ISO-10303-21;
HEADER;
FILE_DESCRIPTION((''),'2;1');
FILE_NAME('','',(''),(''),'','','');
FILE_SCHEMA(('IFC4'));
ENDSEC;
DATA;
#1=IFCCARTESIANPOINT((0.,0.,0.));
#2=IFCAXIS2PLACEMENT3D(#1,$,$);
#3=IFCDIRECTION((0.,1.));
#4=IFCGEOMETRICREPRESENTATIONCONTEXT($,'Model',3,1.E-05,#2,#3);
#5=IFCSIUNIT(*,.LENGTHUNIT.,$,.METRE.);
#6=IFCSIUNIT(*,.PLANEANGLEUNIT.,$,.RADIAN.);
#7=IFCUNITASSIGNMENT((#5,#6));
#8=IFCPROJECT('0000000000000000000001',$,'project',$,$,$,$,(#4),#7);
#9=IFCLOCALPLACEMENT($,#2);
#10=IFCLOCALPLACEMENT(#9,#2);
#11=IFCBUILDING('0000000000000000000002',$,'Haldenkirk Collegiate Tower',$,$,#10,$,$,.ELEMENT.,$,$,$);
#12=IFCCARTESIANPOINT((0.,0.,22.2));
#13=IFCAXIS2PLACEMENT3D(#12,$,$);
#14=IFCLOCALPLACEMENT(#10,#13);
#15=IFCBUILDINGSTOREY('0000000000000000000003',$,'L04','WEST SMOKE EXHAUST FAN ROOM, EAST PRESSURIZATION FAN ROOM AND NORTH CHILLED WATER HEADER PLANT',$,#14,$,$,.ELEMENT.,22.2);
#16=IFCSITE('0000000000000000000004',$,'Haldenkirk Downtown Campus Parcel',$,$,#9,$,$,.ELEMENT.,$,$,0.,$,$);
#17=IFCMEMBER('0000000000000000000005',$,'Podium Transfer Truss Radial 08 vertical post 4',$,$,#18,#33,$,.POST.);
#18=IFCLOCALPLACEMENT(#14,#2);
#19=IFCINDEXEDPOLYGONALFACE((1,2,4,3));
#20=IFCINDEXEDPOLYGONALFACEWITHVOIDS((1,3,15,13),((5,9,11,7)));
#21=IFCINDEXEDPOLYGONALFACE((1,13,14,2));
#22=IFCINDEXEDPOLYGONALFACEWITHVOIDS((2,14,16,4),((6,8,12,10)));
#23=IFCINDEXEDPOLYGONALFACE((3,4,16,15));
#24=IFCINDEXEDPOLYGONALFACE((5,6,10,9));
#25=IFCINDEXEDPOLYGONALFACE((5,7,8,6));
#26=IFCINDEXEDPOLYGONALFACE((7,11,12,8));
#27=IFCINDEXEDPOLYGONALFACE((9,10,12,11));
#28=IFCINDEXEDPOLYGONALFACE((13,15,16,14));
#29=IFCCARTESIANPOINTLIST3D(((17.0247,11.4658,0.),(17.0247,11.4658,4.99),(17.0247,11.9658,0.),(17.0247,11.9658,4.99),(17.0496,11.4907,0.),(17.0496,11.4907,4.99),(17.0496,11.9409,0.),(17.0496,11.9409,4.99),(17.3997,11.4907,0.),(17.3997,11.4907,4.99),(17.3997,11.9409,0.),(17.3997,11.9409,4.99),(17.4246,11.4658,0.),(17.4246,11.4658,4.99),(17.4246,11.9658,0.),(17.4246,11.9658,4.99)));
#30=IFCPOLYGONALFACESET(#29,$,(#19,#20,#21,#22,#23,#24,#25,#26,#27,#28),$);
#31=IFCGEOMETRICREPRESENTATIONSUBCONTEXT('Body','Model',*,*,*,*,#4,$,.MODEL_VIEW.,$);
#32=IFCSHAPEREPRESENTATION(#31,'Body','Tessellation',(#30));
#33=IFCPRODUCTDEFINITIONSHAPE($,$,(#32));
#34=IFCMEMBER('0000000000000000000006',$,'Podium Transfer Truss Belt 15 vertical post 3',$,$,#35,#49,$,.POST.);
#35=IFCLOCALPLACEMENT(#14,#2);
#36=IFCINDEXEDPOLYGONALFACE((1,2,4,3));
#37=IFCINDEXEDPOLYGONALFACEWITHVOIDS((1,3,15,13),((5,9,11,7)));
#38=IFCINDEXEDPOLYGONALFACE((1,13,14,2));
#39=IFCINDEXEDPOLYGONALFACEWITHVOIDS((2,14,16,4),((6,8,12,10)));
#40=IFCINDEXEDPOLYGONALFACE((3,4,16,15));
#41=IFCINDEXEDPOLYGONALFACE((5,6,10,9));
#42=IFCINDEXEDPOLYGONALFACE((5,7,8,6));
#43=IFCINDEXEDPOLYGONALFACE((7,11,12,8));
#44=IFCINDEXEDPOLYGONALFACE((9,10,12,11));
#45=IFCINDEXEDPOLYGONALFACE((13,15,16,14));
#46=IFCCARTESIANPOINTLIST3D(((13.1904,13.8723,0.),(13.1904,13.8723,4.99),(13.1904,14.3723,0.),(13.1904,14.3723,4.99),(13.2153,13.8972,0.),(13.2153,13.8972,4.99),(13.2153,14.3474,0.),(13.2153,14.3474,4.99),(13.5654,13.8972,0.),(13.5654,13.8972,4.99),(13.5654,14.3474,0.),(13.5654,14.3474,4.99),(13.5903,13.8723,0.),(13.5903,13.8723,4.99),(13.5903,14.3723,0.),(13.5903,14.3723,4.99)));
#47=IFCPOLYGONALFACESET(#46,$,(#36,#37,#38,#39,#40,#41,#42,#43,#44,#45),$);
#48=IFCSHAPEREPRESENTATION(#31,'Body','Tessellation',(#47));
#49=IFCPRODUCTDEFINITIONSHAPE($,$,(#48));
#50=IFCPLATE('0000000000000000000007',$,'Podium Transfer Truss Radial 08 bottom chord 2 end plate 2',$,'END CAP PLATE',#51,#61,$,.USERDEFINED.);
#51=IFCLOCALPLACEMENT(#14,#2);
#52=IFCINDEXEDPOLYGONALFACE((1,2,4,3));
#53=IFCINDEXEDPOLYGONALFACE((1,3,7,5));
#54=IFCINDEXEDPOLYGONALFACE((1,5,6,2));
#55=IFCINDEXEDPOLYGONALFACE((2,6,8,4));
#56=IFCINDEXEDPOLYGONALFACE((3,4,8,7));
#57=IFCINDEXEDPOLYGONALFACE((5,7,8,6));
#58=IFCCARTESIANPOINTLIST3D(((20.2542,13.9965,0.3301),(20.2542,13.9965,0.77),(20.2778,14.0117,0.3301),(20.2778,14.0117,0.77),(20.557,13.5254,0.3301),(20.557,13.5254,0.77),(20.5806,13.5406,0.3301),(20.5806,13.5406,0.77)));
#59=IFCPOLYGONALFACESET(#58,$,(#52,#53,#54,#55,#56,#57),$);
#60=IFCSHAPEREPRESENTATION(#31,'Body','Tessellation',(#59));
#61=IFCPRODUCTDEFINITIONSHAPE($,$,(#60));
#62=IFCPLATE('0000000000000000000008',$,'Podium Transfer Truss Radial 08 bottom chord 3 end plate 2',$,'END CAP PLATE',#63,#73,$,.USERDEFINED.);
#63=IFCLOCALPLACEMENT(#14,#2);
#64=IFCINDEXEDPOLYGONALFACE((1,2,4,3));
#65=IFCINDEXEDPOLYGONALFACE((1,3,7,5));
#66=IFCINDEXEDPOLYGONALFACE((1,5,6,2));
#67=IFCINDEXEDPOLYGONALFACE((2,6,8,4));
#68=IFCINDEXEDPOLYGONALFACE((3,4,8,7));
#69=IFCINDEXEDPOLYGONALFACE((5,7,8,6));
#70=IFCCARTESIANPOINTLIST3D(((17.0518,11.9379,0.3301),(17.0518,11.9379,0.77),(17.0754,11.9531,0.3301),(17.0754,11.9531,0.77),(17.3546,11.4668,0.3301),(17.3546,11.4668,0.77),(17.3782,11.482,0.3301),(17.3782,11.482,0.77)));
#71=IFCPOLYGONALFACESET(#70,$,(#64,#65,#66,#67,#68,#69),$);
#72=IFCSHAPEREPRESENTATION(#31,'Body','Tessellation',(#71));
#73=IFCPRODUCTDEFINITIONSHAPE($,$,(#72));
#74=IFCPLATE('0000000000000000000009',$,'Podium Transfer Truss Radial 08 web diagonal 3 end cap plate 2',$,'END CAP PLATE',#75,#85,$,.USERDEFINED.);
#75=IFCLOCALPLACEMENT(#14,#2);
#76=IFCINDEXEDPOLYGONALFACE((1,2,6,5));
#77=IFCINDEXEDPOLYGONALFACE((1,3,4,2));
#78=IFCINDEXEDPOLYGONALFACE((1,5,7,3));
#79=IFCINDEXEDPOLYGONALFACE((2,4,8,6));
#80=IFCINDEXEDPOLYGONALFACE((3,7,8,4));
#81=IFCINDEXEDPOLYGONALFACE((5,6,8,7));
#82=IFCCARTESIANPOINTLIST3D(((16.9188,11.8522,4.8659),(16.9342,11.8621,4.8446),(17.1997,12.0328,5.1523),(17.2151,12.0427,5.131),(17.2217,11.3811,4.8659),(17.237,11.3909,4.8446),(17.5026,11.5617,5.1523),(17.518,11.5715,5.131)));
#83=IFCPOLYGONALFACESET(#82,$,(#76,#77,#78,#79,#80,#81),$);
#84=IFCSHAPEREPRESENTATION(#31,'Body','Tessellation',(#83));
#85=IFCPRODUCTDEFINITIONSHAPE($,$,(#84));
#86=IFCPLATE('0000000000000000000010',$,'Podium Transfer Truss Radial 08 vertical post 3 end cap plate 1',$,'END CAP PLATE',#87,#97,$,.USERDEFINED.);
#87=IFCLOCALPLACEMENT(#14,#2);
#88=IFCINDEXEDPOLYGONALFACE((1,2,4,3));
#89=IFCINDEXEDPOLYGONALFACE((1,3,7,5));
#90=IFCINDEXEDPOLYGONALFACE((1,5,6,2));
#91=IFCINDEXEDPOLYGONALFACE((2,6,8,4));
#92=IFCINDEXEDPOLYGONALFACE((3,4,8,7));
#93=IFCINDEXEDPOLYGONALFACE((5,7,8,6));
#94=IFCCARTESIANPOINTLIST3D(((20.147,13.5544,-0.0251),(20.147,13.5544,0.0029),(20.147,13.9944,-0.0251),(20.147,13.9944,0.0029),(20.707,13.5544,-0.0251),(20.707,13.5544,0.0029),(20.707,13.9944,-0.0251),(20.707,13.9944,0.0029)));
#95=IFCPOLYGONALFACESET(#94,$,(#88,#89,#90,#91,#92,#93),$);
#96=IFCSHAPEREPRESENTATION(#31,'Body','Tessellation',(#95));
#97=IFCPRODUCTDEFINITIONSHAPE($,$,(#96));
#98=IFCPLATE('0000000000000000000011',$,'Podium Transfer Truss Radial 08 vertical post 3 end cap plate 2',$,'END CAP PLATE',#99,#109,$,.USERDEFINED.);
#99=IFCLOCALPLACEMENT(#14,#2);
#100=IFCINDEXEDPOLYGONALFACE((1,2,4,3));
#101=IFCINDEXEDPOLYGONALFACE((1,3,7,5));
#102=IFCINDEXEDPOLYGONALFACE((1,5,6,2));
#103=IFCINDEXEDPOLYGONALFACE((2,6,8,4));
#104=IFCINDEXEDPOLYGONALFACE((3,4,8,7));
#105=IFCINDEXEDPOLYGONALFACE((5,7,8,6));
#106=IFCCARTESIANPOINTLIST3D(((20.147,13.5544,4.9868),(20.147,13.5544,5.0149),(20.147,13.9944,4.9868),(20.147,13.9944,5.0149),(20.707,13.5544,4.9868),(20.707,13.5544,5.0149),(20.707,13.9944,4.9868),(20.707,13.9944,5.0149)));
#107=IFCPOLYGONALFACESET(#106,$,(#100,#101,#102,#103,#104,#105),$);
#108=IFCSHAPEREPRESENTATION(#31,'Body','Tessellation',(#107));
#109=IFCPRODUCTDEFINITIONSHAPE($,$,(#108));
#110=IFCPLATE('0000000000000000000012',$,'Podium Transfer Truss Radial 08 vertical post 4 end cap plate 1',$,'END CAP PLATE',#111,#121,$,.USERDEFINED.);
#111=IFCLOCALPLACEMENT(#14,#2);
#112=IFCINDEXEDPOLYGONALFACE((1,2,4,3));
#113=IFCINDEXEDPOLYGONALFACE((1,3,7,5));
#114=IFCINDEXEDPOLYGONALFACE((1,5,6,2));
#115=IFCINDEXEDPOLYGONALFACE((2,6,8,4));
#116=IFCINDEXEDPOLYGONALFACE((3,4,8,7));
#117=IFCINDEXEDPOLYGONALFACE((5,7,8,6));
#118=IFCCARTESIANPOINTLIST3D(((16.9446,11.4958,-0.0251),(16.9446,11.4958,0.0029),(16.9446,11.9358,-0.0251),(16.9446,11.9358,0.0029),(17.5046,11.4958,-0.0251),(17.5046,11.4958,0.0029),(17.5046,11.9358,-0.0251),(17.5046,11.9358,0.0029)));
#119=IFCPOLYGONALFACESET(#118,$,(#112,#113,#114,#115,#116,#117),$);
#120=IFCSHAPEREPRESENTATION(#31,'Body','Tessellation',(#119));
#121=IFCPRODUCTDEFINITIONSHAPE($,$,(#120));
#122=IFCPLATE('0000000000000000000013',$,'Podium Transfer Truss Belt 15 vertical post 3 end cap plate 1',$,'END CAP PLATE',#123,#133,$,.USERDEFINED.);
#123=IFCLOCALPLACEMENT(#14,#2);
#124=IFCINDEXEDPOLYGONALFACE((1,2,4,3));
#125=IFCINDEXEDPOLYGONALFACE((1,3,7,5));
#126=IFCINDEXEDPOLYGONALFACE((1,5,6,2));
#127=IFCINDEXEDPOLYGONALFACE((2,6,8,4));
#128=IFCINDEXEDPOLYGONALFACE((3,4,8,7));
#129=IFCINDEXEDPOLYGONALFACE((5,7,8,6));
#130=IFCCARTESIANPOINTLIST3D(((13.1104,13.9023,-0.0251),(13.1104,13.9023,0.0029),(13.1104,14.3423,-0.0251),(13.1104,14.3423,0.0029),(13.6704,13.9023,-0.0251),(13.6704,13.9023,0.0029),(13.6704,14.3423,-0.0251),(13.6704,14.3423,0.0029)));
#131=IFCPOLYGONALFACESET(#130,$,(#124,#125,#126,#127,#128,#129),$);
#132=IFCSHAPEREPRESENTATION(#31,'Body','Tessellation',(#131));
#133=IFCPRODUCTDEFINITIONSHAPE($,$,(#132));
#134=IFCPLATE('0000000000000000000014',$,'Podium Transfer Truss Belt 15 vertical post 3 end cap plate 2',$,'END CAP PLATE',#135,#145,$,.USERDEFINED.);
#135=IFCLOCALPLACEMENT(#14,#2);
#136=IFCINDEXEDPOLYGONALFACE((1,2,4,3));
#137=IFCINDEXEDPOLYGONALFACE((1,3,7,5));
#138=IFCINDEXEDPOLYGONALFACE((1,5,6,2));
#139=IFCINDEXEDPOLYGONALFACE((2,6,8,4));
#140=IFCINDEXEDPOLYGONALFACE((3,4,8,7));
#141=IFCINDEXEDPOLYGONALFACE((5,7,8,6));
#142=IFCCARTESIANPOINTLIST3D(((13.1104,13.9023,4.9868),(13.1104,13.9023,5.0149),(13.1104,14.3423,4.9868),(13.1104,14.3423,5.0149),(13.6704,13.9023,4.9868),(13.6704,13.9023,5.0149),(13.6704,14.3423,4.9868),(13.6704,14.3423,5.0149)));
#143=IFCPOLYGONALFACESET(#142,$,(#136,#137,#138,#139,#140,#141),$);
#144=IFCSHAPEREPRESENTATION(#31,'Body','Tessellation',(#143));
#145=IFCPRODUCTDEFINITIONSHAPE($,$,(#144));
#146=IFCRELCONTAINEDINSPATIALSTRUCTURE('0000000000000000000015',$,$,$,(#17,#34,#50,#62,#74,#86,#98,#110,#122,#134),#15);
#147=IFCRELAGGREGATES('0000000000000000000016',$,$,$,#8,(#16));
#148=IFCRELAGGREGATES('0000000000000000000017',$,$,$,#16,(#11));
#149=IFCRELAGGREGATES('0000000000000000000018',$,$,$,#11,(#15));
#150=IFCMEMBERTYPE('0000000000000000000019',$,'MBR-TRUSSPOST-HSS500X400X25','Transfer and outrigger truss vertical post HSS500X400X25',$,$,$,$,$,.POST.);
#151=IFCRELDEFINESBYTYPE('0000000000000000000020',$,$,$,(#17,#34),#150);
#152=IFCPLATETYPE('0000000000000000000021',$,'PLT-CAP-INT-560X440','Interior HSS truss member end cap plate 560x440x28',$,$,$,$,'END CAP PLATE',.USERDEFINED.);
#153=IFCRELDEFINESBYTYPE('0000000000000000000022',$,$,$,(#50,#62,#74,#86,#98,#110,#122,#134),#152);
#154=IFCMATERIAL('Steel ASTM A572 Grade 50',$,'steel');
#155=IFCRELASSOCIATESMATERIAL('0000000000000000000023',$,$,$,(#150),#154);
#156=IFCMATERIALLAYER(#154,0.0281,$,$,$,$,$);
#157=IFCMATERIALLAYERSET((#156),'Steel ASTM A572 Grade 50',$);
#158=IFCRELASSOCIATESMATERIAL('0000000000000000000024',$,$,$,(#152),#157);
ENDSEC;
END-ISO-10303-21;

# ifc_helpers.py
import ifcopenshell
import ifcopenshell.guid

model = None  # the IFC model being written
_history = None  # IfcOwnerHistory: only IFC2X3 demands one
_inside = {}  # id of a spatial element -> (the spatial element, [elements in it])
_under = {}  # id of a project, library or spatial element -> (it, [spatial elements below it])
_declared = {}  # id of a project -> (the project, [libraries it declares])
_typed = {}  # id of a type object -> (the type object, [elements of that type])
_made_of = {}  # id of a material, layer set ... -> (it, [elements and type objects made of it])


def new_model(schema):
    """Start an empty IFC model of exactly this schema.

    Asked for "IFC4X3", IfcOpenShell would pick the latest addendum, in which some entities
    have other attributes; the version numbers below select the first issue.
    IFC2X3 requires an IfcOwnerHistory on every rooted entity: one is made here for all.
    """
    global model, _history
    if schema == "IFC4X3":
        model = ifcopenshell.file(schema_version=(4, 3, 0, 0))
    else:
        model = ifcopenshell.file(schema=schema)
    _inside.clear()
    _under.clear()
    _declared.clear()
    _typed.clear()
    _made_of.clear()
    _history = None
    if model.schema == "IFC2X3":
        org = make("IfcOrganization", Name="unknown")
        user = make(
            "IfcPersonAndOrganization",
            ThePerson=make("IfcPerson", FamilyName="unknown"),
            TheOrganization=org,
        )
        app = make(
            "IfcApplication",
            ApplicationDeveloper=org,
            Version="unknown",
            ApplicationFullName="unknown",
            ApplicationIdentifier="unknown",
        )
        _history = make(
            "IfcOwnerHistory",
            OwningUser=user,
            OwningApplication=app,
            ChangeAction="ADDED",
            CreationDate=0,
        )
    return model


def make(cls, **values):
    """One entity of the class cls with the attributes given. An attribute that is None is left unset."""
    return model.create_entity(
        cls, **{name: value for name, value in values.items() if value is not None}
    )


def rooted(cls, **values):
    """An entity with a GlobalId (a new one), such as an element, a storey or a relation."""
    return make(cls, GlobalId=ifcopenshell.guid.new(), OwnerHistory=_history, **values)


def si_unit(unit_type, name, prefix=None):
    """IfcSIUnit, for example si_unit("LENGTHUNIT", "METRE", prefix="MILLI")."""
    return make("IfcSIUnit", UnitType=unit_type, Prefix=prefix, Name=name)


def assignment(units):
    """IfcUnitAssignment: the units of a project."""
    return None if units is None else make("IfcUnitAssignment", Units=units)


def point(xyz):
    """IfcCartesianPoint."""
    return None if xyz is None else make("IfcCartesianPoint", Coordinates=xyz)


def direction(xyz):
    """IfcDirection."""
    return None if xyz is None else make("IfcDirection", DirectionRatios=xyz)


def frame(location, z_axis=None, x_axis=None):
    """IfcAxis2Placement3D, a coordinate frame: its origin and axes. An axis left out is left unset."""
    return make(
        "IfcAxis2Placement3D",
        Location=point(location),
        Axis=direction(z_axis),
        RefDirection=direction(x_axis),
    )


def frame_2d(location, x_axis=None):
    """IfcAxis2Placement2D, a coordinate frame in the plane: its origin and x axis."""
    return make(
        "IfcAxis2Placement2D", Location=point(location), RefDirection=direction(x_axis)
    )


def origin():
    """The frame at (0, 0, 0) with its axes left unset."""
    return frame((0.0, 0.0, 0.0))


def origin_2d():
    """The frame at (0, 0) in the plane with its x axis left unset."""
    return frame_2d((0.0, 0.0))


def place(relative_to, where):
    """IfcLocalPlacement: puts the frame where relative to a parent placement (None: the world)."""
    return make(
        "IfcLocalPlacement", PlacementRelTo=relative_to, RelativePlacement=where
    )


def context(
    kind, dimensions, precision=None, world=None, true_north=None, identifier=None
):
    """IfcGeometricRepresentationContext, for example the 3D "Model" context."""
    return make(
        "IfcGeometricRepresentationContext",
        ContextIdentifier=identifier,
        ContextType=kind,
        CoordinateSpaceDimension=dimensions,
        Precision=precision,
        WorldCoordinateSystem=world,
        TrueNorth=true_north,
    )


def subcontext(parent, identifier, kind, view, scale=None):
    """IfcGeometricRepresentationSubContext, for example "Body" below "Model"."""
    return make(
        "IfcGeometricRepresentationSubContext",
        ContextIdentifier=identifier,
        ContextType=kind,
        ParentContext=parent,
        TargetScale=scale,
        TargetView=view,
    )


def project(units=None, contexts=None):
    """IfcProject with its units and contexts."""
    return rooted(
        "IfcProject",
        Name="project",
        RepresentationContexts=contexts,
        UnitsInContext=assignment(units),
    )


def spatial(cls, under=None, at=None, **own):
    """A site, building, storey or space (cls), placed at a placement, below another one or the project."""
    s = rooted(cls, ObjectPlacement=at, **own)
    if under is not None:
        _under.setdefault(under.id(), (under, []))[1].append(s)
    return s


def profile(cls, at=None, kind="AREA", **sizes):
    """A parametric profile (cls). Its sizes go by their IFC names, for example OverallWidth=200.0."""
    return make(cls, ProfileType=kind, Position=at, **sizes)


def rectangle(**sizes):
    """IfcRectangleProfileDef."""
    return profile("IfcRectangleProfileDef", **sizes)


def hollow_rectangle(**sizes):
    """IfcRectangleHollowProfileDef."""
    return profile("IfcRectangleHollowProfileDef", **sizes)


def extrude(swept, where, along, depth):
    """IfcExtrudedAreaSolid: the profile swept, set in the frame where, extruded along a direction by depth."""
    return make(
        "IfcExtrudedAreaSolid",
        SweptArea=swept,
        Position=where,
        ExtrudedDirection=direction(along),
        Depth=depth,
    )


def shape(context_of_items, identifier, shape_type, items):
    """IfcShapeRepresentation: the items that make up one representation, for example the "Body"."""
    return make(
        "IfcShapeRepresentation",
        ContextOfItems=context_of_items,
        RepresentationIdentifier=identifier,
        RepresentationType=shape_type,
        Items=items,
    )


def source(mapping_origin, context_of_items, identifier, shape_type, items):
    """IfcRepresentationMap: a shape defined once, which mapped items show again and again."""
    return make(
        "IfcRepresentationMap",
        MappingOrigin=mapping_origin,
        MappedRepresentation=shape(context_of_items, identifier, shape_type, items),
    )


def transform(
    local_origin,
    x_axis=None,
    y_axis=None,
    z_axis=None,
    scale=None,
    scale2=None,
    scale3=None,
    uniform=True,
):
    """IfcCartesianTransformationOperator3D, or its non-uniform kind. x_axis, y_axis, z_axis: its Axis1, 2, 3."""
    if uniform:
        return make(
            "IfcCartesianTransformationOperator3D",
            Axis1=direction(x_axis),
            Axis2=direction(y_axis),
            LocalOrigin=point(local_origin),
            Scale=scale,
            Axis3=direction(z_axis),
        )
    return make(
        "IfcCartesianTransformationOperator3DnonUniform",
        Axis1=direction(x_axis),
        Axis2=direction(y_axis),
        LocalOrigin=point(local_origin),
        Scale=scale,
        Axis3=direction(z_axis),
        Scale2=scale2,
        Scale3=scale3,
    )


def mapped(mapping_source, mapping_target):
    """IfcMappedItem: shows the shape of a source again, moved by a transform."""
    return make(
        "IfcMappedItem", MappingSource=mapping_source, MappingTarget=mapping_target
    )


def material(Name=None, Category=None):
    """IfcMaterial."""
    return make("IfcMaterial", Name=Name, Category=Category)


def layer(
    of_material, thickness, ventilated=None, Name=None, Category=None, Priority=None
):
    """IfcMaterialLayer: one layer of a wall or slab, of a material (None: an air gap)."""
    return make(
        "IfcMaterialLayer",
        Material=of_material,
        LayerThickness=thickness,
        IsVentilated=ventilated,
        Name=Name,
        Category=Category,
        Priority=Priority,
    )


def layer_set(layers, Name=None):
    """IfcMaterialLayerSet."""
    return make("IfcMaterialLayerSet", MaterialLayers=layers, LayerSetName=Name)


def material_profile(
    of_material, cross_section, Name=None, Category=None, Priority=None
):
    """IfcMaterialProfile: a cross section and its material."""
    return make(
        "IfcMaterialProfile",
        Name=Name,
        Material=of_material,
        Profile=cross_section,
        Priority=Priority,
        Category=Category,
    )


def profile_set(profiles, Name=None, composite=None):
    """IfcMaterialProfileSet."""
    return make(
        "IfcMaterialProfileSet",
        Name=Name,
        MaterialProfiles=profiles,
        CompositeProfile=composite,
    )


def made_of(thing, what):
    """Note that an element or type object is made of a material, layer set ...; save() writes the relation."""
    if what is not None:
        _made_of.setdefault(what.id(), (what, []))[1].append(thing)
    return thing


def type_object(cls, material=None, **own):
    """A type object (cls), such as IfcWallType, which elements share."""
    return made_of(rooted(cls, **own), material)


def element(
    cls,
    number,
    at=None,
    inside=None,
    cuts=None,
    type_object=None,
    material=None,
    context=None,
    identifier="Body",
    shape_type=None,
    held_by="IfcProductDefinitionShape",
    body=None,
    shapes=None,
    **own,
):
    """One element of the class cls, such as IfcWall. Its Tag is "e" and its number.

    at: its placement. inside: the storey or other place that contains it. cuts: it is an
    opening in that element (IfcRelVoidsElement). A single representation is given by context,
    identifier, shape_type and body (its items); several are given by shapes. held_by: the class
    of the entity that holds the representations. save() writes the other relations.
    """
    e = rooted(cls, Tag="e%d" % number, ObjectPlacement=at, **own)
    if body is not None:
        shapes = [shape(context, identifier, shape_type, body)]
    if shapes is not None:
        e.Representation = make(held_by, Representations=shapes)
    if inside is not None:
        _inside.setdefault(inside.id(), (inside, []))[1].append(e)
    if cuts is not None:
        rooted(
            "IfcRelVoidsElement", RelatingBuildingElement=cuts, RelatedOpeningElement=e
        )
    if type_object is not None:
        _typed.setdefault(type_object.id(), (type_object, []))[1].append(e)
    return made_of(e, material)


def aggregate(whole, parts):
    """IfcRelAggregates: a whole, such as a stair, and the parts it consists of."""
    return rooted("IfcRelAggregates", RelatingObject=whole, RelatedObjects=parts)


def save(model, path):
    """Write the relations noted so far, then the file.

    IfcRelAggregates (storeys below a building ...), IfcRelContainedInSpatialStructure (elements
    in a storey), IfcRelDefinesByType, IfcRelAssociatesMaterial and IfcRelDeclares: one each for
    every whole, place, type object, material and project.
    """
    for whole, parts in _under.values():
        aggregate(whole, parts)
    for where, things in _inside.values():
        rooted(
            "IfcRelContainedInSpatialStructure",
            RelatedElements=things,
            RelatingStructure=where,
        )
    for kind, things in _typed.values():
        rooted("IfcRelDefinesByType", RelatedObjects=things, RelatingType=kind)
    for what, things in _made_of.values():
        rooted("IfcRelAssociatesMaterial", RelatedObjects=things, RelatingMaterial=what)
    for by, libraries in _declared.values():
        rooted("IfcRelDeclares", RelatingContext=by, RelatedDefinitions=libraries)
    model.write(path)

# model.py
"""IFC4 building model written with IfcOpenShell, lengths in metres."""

from ifc_helpers import new_model, si_unit, direction, frame, origin, origin_2d, place, context, subcontext, project, spatial, rectangle, hollow_rectangle, extrude, source, transform, mapped, material, layer, layer_set, material_profile, profile_set, type_object, element, save


model = new_model("IFC4")

# Units and contexts
model_context = context("Model", 3, precision=1e-05, world=origin(), true_north=direction((0.0, 1.0)))
body_context = subcontext(model_context, "Body", "Model", "MODEL_VIEW")
ifc_project = project(units=[si_unit("LENGTHUNIT", "METRE"), si_unit("PLANEANGLEUNIT", "RADIAN")], contexts=[model_context])

# Site, building, storey
site_placement = place(None, origin())
site = spatial("IfcSite", under=ifc_project, at=site_placement, Name="Haldenkirk Downtown Campus Parcel", CompositionType="ELEMENT", RefElevation=0.0)
building_placement = place(site_placement, origin())
building = spatial("IfcBuilding", under=site, at=building_placement, Name="Haldenkirk Collegiate Tower", CompositionType="ELEMENT")
storey_placement = place(building_placement, frame((0.0, 0.0, 22.2)))
storey = spatial("IfcBuildingStorey", under=building, at=storey_placement, Name="L04", Description="WEST SMOKE EXHAUST FAN ROOM, EAST PRESSURIZATION FAN ROOM AND NORTH CHILLED WATER HEADER PLANT", CompositionType="ELEMENT", Elevation=22.2)

# Members
ifc_material_1 = material(Name="Steel ASTM A572 Grade 50", Category="steel")
ifc_material_profile_1 = material_profile(ifc_material_1, hollow_rectangle(XDim=0.3999, YDim=0.5, WallThickness=0.0249, at=origin_2d()), Name="HSS500X400X25")
ifc_profile_set_1 = profile_set([ifc_material_profile_1], Name="Steel ASTM A572 Grade 50")
member_type_1 = type_object("IfcMemberType", Name="MBR-TRUSSPOST-HSS500X400X25", Description="Transfer and outrigger truss vertical post HSS500X400X25", PredefinedType="POST", material=ifc_profile_set_1)
for number, where, z_axis, x_axis, name in (
    (1, (17.2246, 11.7158, 0.0), (0.0, 0.0, 1.0), (1.0, 0.0, 0.0), "Podium Transfer Truss Radial 08 vertical post 4"),
    (2, (13.3904, 14.1223, 0.0), (0.0, 0.0, 1.0), (1.0, 0.0, 0.0), "Podium Transfer Truss Belt 15 vertical post 3"),
):
    element("IfcMember", number, at=place(storey_placement, frame(where, z_axis=z_axis, x_axis=x_axis)), inside=storey, type_object=member_type_1, Name=name, PredefinedType="POST", context=body_context, shape_type="SweptSolid", body=[
        extrude(hollow_rectangle(XDim=0.3999, YDim=0.5, WallThickness=0.0249, at=origin_2d()), origin(), (0.0, 0.0, 1.0), 4.99),
    ])

# Plates
ifc_layer_1 = layer(ifc_material_1, 0.0281)
ifc_layer_set_1 = layer_set([ifc_layer_1], Name="Steel ASTM A572 Grade 50")
plate_type = type_object("IfcPlateType", Name="PLT-CAP-INT-560X440", Description="Interior HSS truss member end cap plate 560x440x28", ElementType="END CAP PLATE", PredefinedType="USERDEFINED", material=ifc_layer_set_1)
shared_shape = source(origin(), body_context, "Body", "SweptSolid", [
    extrude(rectangle(XDim=0.5601, YDim=0.4399, at=origin_2d()), origin(), (0.0, 0.0, 1.0), 0.0281),
])
for number, where, z_axis, x_axis, name in (
    (3, (20.4292, 13.7761, 0.55), (-0.841184, -0.54075, 0.0), (0.54075, -0.841184, 0.0), "Podium Transfer Truss Radial 08 bottom chord 2 end plate 2"),
    (4, (17.2268, 11.7175, 0.55), (-0.841184, -0.54075, 0.0), (0.54075, -0.841184, 0.0), "Podium Transfer Truss Radial 08 bottom chord 3 end plate 2"),
    (5, (17.2261, 11.7168, 4.9878), (-0.547544, -0.351978, 0.759149), (0.540742, -0.841189, 0.0), "Podium Transfer Truss Radial 08 web diagonal 3 end cap plate 2"),
    (6, (20.427, 13.7744, 0.0029), (0.0, 0.0, -1.0), (1.0, 0.0, 0.0), "Podium Transfer Truss Radial 08 vertical post 3 end cap plate 1"),
    (7, (20.427, 13.7744, 4.9868), (0.0, 0.0, 1.0), (1.0, 0.0, 0.0), "Podium Transfer Truss Radial 08 vertical post 3 end cap plate 2"),
    (8, (17.2246, 11.7158, 0.0029), (0.0, 0.0, -1.0), (1.0, 0.0, 0.0), "Podium Transfer Truss Radial 08 vertical post 4 end cap plate 1"),
    (9, (13.3904, 14.1223, 0.0029), (0.0, 0.0, -1.0), (1.0, 0.0, 0.0), "Podium Transfer Truss Belt 15 vertical post 3 end cap plate 1"),
    (10, (13.3904, 14.1223, 4.9868), (0.0, 0.0, 1.0), (1.0, 0.0, 0.0), "Podium Transfer Truss Belt 15 vertical post 3 end cap plate 2"),
):
    element("IfcPlate", number, at=place(storey_placement, frame(where, z_axis=z_axis, x_axis=x_axis)), inside=storey, type_object=plate_type, Name=name, ObjectType="END CAP PLATE", PredefinedType="USERDEFINED", context=body_context, shape_type="MappedRepresentation", body=[
        mapped(shared_shape, transform((0.0, 0.0, 0.0), x_axis=(1.0, 0.0, 0.0), y_axis=(0.0, 1.0, 0.0), z_axis=(0.0, 0.0, 1.0), scale=1.0)),
    ])

save(model, "model.ifc")
